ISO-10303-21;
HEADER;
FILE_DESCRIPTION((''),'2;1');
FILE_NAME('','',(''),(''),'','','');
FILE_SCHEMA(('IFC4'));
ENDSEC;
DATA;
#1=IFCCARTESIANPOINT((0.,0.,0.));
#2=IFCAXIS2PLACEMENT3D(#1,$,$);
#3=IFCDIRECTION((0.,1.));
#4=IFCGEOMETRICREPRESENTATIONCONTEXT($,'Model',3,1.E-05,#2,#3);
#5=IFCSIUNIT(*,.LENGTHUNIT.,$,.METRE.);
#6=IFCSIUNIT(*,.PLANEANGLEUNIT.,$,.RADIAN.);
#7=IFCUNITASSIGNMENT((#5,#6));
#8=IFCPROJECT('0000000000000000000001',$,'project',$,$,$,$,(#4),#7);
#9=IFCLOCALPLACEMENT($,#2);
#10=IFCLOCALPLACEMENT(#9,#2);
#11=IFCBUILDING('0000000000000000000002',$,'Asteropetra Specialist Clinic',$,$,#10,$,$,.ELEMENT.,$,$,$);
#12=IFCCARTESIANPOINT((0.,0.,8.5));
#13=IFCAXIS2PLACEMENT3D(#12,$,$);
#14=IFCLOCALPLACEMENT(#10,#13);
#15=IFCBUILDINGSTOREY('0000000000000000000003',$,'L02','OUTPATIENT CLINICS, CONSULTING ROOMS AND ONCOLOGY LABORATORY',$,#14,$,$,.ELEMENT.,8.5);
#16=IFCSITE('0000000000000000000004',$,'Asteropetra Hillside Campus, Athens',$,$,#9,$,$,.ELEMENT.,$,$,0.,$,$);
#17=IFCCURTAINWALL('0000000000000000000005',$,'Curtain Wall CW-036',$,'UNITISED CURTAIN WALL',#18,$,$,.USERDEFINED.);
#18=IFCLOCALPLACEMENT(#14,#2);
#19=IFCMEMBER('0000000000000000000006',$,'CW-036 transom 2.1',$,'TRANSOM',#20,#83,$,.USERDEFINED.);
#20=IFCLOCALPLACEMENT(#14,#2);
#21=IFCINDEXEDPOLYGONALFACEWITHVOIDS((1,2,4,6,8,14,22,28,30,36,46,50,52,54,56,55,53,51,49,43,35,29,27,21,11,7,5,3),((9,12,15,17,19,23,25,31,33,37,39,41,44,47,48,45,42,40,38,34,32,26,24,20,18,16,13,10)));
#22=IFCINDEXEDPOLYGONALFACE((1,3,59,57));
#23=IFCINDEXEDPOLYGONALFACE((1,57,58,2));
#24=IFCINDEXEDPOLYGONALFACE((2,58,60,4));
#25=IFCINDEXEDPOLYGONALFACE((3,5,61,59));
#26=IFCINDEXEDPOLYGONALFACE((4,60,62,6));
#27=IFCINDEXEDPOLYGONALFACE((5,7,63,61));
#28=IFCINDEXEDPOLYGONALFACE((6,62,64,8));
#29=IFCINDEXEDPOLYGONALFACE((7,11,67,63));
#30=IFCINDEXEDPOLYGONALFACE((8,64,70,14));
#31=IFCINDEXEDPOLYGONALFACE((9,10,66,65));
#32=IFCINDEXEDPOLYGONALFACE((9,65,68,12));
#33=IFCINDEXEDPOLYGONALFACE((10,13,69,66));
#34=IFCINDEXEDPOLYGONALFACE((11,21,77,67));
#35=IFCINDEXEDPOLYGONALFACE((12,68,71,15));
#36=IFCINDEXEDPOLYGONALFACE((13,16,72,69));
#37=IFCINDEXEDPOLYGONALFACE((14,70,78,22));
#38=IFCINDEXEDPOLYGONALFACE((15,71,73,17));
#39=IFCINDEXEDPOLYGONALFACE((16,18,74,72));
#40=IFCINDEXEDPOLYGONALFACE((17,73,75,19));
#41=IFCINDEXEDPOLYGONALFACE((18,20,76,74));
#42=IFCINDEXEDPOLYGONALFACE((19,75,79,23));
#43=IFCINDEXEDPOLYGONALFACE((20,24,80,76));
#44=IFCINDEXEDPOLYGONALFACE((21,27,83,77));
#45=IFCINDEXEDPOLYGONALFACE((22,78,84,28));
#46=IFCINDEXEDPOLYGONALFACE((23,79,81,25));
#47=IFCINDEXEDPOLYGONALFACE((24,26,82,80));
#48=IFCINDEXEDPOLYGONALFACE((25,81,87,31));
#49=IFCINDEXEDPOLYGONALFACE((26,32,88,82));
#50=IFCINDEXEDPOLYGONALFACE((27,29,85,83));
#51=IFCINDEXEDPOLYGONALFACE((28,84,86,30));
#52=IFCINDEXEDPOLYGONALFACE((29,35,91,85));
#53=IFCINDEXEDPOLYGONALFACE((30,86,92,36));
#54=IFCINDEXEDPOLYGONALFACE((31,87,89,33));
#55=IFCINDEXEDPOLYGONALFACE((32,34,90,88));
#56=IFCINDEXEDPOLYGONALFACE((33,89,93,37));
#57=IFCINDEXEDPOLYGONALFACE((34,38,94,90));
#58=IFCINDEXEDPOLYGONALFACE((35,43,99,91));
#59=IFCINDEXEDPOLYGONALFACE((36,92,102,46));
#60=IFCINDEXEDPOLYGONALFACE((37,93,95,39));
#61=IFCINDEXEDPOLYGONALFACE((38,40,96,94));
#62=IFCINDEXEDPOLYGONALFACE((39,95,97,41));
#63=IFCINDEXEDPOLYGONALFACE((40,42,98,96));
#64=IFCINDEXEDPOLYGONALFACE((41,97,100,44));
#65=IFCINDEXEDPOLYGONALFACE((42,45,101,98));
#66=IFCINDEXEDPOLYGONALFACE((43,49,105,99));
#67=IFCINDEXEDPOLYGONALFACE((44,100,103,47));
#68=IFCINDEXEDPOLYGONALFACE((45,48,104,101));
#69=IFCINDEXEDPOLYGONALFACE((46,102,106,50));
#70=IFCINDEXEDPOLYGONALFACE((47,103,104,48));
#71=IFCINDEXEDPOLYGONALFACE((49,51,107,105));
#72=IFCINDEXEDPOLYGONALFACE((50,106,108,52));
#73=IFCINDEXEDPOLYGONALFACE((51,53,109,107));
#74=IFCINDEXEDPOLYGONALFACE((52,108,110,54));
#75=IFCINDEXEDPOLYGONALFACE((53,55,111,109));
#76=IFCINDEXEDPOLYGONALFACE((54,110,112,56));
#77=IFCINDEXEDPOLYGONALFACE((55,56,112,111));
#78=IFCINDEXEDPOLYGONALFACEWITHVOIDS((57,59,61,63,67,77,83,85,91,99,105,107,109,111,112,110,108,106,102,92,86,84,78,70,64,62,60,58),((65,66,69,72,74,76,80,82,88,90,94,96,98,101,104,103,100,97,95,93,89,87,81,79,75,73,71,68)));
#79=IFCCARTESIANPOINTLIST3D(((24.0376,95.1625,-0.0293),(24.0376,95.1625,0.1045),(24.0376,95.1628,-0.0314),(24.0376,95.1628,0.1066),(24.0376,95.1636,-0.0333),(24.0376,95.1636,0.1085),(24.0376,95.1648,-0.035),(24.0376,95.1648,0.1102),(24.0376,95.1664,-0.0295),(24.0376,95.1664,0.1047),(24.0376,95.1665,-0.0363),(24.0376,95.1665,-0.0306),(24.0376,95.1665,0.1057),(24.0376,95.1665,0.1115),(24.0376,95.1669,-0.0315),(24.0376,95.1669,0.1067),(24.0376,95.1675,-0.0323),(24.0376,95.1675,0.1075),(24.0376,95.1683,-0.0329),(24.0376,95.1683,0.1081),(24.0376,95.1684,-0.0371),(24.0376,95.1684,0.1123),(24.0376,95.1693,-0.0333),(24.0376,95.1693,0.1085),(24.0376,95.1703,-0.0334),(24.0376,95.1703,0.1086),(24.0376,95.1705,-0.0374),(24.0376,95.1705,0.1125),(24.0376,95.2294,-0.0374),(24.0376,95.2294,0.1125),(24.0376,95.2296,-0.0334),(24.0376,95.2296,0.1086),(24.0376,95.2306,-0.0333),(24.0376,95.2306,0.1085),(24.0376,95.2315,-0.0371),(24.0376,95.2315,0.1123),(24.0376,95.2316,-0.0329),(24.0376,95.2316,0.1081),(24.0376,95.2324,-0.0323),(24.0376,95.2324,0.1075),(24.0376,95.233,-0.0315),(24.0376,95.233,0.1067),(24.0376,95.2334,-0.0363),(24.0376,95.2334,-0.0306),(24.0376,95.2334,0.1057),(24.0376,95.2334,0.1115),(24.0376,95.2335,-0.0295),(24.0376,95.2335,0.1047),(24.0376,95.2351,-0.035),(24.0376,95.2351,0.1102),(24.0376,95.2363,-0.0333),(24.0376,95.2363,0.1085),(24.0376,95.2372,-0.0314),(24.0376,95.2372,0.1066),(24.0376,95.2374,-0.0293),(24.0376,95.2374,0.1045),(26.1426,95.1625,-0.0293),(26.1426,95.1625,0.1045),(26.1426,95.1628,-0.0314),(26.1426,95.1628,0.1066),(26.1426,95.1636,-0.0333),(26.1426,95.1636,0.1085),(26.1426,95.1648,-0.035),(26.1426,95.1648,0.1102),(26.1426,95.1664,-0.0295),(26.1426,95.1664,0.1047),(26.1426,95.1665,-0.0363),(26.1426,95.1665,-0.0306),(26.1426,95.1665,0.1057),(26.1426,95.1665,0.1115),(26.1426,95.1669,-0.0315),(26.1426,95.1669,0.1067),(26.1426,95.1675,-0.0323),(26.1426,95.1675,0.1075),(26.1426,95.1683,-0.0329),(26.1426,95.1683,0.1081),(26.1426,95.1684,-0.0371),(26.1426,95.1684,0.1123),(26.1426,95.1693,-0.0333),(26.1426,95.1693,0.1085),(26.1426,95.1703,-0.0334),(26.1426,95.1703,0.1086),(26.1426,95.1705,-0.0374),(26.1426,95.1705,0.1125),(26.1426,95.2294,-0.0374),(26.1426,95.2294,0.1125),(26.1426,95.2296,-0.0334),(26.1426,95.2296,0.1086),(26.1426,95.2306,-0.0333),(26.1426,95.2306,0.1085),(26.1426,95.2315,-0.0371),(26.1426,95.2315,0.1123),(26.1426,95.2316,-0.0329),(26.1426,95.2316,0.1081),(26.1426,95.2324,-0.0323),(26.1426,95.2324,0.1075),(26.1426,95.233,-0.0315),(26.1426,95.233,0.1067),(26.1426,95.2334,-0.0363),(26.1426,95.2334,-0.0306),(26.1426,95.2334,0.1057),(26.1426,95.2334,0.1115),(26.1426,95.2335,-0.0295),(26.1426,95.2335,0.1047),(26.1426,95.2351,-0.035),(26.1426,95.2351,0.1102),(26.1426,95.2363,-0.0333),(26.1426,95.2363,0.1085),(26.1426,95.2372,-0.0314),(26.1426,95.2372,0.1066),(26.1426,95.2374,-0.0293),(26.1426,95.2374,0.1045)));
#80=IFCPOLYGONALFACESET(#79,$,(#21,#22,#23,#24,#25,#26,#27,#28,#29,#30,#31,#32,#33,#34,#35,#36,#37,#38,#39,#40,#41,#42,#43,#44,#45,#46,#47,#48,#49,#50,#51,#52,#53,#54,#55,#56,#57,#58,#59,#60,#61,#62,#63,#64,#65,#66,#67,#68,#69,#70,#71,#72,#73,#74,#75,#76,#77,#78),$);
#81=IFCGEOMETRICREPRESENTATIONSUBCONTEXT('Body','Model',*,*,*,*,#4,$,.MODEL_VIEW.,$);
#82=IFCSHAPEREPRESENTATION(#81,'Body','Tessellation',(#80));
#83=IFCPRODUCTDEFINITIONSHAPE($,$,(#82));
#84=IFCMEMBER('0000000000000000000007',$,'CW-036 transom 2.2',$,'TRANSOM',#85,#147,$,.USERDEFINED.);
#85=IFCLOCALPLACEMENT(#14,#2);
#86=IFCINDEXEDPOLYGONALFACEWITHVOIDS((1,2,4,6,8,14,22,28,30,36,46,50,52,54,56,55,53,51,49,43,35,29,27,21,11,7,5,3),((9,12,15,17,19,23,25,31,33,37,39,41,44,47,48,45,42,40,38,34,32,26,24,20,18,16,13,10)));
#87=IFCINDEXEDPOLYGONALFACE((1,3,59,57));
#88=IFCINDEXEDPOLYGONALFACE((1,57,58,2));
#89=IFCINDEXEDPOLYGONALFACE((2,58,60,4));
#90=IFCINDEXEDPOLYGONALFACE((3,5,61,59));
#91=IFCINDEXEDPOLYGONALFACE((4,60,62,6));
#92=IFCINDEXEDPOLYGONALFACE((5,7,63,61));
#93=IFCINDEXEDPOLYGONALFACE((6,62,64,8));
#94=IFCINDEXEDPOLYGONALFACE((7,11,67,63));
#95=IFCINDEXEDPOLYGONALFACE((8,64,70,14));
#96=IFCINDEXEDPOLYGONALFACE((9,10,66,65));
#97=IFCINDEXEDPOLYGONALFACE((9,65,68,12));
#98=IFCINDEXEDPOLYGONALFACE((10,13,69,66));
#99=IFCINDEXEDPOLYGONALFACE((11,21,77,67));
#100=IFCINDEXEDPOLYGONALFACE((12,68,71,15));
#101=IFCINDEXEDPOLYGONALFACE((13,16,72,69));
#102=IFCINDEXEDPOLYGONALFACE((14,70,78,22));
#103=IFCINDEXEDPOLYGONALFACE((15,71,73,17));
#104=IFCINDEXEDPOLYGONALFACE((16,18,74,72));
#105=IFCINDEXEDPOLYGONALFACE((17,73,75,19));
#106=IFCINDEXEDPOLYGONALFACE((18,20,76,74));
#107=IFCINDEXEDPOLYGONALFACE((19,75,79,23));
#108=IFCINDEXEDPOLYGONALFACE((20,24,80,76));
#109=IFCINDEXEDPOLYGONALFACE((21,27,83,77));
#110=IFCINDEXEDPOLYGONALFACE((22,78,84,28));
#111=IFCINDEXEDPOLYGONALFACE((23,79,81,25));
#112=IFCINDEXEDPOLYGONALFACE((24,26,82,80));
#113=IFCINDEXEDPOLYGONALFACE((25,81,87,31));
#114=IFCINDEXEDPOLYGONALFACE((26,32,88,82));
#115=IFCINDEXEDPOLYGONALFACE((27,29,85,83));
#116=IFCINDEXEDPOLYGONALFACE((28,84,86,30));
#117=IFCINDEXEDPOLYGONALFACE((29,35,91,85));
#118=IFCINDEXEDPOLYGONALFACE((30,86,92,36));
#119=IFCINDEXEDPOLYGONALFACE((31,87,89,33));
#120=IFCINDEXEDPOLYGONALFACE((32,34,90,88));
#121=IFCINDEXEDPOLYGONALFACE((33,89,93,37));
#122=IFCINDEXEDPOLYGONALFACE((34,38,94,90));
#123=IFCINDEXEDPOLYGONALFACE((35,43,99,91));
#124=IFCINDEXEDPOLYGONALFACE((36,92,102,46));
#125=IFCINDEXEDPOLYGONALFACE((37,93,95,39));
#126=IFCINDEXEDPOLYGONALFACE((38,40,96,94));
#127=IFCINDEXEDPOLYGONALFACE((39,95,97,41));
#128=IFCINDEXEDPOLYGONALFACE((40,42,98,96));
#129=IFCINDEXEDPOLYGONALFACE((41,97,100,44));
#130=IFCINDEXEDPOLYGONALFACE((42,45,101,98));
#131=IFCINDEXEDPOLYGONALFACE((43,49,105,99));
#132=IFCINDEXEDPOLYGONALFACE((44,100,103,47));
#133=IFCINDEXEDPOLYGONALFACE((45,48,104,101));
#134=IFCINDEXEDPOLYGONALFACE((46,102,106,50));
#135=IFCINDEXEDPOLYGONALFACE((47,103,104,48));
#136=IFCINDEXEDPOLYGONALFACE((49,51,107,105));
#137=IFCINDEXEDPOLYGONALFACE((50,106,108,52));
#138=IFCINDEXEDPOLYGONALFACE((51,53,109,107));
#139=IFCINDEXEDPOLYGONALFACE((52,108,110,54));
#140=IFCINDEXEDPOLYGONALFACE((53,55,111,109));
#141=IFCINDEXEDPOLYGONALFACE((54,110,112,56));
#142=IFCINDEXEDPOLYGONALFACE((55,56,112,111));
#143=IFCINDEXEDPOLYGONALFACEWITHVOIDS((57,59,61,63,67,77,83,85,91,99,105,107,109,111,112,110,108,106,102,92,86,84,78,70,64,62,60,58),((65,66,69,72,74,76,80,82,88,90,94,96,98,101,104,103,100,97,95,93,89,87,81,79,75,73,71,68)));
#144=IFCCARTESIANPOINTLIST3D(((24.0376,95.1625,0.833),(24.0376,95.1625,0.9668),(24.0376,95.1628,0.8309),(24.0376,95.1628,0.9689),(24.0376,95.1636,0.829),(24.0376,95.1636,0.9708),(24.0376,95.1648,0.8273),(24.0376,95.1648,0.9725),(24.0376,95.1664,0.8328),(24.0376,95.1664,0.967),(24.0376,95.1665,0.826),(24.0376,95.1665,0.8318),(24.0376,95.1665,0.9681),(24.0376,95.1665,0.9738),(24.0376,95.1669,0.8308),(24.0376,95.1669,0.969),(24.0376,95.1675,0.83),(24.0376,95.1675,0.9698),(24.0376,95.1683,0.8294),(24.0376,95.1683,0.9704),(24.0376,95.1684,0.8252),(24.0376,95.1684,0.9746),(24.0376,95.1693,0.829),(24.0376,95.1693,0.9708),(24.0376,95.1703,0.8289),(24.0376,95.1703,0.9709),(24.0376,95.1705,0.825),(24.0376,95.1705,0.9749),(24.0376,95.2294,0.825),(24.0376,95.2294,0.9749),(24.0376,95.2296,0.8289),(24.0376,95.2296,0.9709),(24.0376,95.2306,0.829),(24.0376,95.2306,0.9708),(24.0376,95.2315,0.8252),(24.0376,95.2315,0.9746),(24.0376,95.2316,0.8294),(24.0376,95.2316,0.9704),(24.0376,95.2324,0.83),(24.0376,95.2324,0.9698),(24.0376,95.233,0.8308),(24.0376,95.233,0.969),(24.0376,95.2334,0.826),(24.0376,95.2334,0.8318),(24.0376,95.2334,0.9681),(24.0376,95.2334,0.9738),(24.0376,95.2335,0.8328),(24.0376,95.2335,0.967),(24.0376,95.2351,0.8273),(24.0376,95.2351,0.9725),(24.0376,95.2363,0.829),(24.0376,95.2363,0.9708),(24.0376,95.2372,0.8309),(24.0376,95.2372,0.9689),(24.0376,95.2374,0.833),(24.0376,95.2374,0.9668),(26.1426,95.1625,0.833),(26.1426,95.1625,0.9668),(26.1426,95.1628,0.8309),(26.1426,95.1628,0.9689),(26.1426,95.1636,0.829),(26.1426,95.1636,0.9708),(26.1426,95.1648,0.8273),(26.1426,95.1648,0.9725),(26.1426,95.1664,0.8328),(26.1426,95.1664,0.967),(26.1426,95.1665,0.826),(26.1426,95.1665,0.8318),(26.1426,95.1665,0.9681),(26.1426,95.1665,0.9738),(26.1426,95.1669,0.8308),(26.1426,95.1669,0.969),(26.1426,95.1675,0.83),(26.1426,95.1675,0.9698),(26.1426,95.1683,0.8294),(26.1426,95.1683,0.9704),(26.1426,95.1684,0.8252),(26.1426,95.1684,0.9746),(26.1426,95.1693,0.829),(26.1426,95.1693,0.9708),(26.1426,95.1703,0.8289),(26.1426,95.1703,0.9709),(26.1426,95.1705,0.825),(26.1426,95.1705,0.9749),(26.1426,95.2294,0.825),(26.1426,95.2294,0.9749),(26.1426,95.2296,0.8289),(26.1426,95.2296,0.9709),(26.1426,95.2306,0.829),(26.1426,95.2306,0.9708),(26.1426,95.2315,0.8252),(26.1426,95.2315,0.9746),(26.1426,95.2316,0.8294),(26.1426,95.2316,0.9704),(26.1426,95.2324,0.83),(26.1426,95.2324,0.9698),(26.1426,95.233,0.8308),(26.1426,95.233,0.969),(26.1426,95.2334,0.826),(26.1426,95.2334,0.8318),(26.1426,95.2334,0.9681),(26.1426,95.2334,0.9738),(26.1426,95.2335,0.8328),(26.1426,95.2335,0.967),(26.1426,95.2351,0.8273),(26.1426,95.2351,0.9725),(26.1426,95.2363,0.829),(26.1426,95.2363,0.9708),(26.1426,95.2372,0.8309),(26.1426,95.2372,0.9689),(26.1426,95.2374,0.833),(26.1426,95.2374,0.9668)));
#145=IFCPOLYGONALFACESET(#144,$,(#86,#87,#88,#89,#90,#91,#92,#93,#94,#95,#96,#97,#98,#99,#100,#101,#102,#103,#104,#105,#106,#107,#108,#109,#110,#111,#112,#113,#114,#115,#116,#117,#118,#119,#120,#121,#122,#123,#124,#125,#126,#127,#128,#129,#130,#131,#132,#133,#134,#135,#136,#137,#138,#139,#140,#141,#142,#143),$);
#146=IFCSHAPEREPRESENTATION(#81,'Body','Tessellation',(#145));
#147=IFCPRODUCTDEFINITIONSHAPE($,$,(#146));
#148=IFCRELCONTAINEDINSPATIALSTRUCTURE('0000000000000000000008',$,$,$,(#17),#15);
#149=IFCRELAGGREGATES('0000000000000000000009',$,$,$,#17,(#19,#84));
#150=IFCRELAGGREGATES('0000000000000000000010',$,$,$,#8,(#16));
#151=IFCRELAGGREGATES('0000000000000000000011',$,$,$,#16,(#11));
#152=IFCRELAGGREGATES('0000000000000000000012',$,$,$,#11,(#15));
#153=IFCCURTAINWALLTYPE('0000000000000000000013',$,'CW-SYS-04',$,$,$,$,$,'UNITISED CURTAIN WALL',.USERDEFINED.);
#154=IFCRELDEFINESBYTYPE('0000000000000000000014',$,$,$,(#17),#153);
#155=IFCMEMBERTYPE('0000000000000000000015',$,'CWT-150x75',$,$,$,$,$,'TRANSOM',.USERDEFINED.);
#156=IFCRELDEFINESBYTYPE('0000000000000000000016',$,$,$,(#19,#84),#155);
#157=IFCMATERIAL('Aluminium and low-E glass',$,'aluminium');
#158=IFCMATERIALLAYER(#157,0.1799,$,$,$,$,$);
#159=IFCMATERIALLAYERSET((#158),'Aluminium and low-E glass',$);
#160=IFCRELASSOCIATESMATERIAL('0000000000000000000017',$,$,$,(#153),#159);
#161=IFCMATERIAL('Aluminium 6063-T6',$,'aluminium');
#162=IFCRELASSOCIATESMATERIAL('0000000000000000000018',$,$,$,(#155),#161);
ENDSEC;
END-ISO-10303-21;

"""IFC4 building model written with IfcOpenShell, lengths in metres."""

from ifc_helpers import new_model, si_unit, direction, frame, origin, origin_2d, place, context, subcontext, project, spatial, hollow_rectangle, extrude, material, layer, layer_set, material_profile, profile_set, type_object, element, aggregate, save


model = new_model("IFC4")

# Units and contexts
model_context = context("Model", 3, precision=1e-05, world=origin(), true_north=direction((0.0, 1.0)))
body_context = subcontext(model_context, "Body", "Model", "MODEL_VIEW")
ifc_project = project(units=[si_unit("LENGTHUNIT", "METRE"), si_unit("PLANEANGLEUNIT", "RADIAN")], contexts=[model_context])

# Site, building, storey
site_placement = place(None, origin())
site = spatial("IfcSite", under=ifc_project, at=site_placement, Name="Asteropetra Hillside Campus, Athens", CompositionType="ELEMENT", RefElevation=0.0)
building_placement = place(site_placement, origin())
building = spatial("IfcBuilding", under=site, at=building_placement, Name="Asteropetra Specialist Clinic", CompositionType="ELEMENT")
storey_placement = place(building_placement, frame((0.0, 0.0, 8.5)))
storey = spatial("IfcBuildingStorey", under=building, at=storey_placement, Name="L02", Description="OUTPATIENT CLINICS, CONSULTING ROOMS AND ONCOLOGY LABORATORY", CompositionType="ELEMENT", Elevation=8.5)

# Curtain wall, members
ifc_material_1 = material(Name="Aluminium and low-E glass", Category="aluminium")
ifc_layer_1 = layer(ifc_material_1, 0.1799)
ifc_layer_set_1 = layer_set([ifc_layer_1], Name="Aluminium and low-E glass")
curtain_wall_type = type_object("IfcCurtainWallType", Name="CW-SYS-04", ElementType="UNITISED CURTAIN WALL", PredefinedType="USERDEFINED", material=ifc_layer_set_1)
curtain_wall_placement = place(storey_placement, origin())
curtain_wall = element("IfcCurtainWall", 1, at=curtain_wall_placement, inside=storey, type_object=curtain_wall_type, Name="Curtain Wall CW-036", ObjectType="UNITISED CURTAIN WALL", PredefinedType="USERDEFINED")
ifc_material_2 = material(Name="Aluminium 6063-T6", Category="aluminium")
ifc_material_profile_1 = material_profile(ifc_material_2, hollow_rectangle(XDim=0.075, YDim=0.1499, WallThickness=0.0039, InnerFilletRadius=0.0039, OuterFilletRadius=0.0081, at=origin_2d()), Name="TRN 150x75x4.0")
ifc_profile_set_1 = profile_set([ifc_material_profile_1], Name="Aluminium 6063-T6")
member_type_1 = type_object("IfcMemberType", Name="CWT-150x75", ElementType="TRANSOM", PredefinedType="USERDEFINED", material=ifc_profile_set_1)
member_1_placement = place(storey_placement, frame((26.1426, 95.2, 0.0376), z_axis=(-1.0, 0.0, 0.0), x_axis=(0.0, -1.0, 0.0)))
member_1 = element("IfcMember", 2, at=member_1_placement, type_object=member_type_1, Name="CW-036 transom 2.1", ObjectType="TRANSOM", PredefinedType="USERDEFINED", context=body_context, shape_type="SweptSolid", body=[
    extrude(hollow_rectangle(XDim=0.075, YDim=0.1499, WallThickness=0.0039, InnerFilletRadius=0.0039, OuterFilletRadius=0.0081, at=origin_2d()), origin(), (0.0, 0.0, 1.0), 2.105),
])
member_2_placement = place(storey_placement, frame((26.1426, 95.2, 0.8999), z_axis=(-1.0, 0.0, 0.0), x_axis=(0.0, -1.0, 0.0)))
member_2 = element("IfcMember", 3, at=member_2_placement, type_object=member_type_1, Name="CW-036 transom 2.2", ObjectType="TRANSOM", PredefinedType="USERDEFINED", context=body_context, shape_type="SweptSolid", body=[
    extrude(hollow_rectangle(XDim=0.075, YDim=0.1499, WallThickness=0.0039, InnerFilletRadius=0.0039, OuterFilletRadius=0.0081, at=origin_2d()), origin(), (0.0, 0.0, 1.0), 2.105),
])
aggregate(curtain_wall, [member_1, member_2])

save(model, "model.ifc")
